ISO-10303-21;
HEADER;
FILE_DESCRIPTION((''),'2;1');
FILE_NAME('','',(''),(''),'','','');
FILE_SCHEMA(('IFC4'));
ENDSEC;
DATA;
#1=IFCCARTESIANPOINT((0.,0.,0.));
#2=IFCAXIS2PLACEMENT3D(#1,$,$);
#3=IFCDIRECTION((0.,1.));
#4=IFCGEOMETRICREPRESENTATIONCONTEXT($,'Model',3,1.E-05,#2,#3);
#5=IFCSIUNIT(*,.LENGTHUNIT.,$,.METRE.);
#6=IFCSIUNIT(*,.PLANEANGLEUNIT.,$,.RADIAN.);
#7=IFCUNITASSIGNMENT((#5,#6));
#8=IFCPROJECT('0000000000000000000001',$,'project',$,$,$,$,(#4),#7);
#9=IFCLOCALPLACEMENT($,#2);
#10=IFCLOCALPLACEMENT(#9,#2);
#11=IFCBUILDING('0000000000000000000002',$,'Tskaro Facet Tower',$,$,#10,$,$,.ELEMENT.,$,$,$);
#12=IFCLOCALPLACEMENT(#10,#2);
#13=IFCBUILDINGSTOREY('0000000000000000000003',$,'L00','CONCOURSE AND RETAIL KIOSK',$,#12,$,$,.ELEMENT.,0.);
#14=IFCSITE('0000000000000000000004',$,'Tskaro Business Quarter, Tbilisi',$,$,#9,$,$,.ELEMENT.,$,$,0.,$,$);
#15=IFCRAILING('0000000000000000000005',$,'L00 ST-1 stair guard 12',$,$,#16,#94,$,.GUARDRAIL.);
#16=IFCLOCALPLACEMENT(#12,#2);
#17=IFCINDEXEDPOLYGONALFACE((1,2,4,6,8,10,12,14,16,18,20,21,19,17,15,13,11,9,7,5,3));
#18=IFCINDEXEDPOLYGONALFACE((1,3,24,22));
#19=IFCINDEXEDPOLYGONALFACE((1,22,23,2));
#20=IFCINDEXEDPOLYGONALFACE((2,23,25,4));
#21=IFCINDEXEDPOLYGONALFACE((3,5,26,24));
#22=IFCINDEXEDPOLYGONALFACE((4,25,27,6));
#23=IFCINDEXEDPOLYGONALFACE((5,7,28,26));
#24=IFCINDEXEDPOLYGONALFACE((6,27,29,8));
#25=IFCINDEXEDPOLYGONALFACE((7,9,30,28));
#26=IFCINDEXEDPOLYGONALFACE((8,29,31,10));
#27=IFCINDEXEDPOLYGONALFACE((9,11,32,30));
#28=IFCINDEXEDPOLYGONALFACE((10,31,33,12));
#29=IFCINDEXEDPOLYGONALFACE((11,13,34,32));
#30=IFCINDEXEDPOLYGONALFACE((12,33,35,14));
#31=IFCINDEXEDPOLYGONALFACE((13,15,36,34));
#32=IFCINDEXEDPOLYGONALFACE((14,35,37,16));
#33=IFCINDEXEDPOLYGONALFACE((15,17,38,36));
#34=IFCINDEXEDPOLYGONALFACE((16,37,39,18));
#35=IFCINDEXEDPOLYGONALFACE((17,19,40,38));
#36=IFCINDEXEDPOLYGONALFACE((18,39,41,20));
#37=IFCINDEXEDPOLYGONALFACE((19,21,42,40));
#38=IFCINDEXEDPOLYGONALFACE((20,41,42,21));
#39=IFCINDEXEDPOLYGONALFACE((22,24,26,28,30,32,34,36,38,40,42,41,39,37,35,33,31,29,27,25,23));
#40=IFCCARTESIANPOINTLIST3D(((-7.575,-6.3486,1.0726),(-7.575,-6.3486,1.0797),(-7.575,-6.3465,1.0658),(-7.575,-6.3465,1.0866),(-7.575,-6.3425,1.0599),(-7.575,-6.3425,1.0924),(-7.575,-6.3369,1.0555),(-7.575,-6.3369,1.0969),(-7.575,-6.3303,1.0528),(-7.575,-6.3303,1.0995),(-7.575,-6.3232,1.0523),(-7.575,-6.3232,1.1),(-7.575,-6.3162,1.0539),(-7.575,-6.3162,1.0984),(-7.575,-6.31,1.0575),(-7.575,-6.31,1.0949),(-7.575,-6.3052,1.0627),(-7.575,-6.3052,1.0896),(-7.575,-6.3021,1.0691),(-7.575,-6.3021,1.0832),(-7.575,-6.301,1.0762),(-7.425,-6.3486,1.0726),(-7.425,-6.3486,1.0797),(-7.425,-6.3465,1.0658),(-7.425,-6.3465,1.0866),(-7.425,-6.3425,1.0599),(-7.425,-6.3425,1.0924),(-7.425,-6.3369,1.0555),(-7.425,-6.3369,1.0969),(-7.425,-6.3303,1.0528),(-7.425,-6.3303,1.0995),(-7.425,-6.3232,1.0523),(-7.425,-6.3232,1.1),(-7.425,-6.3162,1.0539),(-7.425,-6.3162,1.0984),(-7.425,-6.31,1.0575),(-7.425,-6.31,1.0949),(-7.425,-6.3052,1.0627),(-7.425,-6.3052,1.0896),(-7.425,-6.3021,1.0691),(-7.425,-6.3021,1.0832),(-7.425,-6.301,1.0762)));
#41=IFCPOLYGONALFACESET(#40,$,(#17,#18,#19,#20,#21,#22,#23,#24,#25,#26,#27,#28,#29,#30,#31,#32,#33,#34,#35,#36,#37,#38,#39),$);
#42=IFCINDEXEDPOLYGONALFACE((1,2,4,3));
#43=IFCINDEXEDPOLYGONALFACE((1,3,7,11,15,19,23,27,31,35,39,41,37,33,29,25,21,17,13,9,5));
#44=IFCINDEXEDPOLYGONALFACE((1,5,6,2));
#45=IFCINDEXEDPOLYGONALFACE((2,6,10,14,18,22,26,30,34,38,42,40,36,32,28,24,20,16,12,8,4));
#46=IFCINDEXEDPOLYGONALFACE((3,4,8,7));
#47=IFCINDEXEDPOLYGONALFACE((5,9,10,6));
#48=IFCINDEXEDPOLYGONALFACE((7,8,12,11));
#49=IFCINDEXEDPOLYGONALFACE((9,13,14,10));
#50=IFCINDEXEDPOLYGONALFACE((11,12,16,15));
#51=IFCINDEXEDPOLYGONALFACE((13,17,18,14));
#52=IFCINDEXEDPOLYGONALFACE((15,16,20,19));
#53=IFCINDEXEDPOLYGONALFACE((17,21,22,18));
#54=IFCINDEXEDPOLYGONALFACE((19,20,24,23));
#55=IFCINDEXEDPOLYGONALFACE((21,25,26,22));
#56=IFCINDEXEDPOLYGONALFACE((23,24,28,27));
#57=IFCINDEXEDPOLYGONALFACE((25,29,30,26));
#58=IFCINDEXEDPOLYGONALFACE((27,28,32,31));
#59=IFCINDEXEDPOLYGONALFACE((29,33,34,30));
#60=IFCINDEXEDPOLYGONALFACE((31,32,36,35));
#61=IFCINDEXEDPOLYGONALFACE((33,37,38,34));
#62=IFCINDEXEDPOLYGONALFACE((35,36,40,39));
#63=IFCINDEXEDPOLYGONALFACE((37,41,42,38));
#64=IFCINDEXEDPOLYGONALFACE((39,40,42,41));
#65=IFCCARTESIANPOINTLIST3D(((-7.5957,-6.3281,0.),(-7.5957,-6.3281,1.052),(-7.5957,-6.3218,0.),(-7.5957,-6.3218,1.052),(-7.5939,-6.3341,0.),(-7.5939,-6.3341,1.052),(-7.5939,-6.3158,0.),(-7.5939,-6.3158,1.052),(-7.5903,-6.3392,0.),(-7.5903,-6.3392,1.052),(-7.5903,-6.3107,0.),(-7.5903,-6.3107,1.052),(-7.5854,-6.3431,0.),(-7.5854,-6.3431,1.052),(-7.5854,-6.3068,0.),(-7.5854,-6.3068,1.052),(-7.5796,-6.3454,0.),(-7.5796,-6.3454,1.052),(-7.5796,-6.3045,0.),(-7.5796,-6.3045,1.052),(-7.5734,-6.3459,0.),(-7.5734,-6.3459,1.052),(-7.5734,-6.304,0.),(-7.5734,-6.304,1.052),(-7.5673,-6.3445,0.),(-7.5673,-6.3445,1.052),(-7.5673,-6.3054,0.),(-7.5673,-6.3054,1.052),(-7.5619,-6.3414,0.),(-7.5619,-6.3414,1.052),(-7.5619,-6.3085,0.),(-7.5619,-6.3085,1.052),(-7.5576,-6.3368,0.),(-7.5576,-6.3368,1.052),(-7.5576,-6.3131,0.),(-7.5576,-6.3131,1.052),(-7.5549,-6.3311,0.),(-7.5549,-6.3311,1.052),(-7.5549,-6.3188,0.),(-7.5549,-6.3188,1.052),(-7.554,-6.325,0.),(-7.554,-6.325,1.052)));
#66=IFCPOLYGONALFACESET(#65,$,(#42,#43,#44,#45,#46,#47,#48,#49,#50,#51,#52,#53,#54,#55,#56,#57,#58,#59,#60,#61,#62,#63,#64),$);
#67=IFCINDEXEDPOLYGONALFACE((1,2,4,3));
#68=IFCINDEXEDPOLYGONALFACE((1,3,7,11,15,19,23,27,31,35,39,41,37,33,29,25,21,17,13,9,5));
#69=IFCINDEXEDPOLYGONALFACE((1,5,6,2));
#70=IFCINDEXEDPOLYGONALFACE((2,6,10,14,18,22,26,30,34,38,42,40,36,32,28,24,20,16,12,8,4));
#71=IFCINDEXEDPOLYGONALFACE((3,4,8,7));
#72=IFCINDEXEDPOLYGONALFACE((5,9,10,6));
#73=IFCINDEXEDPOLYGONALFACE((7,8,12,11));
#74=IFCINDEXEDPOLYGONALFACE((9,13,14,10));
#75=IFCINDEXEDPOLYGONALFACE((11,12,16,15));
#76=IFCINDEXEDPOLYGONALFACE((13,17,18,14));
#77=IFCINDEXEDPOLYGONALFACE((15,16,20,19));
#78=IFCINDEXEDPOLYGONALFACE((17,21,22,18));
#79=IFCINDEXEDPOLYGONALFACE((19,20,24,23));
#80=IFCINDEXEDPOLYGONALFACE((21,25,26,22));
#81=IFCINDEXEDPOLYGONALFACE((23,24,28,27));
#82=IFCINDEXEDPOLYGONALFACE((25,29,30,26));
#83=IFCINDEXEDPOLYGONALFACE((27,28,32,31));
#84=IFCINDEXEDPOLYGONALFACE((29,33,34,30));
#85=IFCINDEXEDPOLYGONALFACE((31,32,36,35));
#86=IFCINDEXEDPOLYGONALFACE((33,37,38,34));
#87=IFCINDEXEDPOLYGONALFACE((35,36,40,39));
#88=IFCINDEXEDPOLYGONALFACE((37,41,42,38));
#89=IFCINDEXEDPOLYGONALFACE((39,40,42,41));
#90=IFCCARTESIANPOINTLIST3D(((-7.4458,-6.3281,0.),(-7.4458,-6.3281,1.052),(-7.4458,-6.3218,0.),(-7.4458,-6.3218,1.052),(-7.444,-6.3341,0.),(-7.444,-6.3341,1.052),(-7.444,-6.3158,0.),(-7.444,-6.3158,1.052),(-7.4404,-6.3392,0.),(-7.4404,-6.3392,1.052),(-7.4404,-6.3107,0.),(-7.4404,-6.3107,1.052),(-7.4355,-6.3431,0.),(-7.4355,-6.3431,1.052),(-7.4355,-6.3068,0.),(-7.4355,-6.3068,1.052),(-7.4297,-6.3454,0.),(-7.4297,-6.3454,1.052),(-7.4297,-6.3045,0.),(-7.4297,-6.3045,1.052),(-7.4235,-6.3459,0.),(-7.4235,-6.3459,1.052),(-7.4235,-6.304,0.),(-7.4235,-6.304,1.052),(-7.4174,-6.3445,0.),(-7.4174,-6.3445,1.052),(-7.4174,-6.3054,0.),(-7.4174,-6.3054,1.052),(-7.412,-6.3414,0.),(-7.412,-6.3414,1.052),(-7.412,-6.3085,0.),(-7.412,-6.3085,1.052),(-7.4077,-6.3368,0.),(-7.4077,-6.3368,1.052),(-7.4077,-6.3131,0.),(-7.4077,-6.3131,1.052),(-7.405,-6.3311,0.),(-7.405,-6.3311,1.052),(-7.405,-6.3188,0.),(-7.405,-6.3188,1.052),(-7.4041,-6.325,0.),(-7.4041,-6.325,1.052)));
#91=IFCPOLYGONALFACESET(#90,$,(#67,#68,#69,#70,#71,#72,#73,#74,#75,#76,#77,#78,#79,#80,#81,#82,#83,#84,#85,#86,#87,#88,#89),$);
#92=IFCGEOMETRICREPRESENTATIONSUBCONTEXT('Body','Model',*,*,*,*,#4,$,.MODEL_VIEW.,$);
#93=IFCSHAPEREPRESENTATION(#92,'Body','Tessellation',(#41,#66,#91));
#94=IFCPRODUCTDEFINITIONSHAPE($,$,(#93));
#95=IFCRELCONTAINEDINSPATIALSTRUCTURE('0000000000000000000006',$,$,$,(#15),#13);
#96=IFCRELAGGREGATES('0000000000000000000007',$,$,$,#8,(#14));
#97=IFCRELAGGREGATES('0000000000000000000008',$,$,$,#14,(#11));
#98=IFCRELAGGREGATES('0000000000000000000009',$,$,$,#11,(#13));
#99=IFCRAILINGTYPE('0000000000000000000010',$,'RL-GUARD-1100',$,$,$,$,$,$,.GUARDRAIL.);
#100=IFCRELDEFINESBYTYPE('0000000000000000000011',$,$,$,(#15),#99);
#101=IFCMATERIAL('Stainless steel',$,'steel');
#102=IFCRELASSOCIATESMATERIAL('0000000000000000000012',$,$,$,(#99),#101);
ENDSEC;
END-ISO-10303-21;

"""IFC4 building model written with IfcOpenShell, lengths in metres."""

from ifc_helpers import new_model, si_unit, direction, frame, origin, origin_2d, place, context, subcontext, project, spatial, circle, extrude, material, type_object, element, save


model = new_model("IFC4")

# Units and contexts
model_context = context("Model", 3, precision=1e-05, world=origin(), true_north=direction((0.0, 1.0)))
body_context = subcontext(model_context, "Body", "Model", "MODEL_VIEW")
ifc_project = project(units=[si_unit("LENGTHUNIT", "METRE"), si_unit("PLANEANGLEUNIT", "RADIAN")], contexts=[model_context])

# Site, building, storey
site_placement = place(None, origin())
site = spatial("IfcSite", under=ifc_project, at=site_placement, Name="Tskaro Business Quarter, Tbilisi", CompositionType="ELEMENT", RefElevation=0.0)
building_placement = place(site_placement, origin())
building = spatial("IfcBuilding", under=site, at=building_placement, Name="Tskaro Facet Tower", CompositionType="ELEMENT")
storey_placement = place(building_placement, origin())
storey = spatial("IfcBuildingStorey", under=building, at=storey_placement, Name="L00", Description="CONCOURSE AND RETAIL KIOSK", CompositionType="ELEMENT", Elevation=0.0)

# Railing
ifc_material_1 = material(Name="Stainless steel", Category="steel")
railing_type_1 = type_object("IfcRailingType", Name="RL-GUARD-1100", PredefinedType="GUARDRAIL", material=ifc_material_1)
railing_1_placement = place(storey_placement, frame((-7.575, -6.325, 0.0)))
element("IfcRailing", 1, at=railing_1_placement, inside=storey, type_object=railing_type_1, Name="L00 ST-1 stair guard 12", PredefinedType="GUARDRAIL", context=body_context, shape_type="SweptSolid", body=[
    extrude(circle(Radius=0.0239, at=origin_2d()), frame((0.0, 0.0, 1.0762), z_axis=(1.0, 0.0, 0.0), x_axis=(0.0, 1.0, 0.0)), (0.0, 0.0, 1.0), 0.1499),
    extrude(circle(Radius=0.021, at=origin_2d()), origin(), (0.0, 0.0, 1.0), 1.052),
    extrude(circle(Radius=0.021, at=origin_2d()), frame((0.1499, 0.0, 0.0)), (0.0, 0.0, 1.0), 1.052),
])

save(model, "model.ifc")
